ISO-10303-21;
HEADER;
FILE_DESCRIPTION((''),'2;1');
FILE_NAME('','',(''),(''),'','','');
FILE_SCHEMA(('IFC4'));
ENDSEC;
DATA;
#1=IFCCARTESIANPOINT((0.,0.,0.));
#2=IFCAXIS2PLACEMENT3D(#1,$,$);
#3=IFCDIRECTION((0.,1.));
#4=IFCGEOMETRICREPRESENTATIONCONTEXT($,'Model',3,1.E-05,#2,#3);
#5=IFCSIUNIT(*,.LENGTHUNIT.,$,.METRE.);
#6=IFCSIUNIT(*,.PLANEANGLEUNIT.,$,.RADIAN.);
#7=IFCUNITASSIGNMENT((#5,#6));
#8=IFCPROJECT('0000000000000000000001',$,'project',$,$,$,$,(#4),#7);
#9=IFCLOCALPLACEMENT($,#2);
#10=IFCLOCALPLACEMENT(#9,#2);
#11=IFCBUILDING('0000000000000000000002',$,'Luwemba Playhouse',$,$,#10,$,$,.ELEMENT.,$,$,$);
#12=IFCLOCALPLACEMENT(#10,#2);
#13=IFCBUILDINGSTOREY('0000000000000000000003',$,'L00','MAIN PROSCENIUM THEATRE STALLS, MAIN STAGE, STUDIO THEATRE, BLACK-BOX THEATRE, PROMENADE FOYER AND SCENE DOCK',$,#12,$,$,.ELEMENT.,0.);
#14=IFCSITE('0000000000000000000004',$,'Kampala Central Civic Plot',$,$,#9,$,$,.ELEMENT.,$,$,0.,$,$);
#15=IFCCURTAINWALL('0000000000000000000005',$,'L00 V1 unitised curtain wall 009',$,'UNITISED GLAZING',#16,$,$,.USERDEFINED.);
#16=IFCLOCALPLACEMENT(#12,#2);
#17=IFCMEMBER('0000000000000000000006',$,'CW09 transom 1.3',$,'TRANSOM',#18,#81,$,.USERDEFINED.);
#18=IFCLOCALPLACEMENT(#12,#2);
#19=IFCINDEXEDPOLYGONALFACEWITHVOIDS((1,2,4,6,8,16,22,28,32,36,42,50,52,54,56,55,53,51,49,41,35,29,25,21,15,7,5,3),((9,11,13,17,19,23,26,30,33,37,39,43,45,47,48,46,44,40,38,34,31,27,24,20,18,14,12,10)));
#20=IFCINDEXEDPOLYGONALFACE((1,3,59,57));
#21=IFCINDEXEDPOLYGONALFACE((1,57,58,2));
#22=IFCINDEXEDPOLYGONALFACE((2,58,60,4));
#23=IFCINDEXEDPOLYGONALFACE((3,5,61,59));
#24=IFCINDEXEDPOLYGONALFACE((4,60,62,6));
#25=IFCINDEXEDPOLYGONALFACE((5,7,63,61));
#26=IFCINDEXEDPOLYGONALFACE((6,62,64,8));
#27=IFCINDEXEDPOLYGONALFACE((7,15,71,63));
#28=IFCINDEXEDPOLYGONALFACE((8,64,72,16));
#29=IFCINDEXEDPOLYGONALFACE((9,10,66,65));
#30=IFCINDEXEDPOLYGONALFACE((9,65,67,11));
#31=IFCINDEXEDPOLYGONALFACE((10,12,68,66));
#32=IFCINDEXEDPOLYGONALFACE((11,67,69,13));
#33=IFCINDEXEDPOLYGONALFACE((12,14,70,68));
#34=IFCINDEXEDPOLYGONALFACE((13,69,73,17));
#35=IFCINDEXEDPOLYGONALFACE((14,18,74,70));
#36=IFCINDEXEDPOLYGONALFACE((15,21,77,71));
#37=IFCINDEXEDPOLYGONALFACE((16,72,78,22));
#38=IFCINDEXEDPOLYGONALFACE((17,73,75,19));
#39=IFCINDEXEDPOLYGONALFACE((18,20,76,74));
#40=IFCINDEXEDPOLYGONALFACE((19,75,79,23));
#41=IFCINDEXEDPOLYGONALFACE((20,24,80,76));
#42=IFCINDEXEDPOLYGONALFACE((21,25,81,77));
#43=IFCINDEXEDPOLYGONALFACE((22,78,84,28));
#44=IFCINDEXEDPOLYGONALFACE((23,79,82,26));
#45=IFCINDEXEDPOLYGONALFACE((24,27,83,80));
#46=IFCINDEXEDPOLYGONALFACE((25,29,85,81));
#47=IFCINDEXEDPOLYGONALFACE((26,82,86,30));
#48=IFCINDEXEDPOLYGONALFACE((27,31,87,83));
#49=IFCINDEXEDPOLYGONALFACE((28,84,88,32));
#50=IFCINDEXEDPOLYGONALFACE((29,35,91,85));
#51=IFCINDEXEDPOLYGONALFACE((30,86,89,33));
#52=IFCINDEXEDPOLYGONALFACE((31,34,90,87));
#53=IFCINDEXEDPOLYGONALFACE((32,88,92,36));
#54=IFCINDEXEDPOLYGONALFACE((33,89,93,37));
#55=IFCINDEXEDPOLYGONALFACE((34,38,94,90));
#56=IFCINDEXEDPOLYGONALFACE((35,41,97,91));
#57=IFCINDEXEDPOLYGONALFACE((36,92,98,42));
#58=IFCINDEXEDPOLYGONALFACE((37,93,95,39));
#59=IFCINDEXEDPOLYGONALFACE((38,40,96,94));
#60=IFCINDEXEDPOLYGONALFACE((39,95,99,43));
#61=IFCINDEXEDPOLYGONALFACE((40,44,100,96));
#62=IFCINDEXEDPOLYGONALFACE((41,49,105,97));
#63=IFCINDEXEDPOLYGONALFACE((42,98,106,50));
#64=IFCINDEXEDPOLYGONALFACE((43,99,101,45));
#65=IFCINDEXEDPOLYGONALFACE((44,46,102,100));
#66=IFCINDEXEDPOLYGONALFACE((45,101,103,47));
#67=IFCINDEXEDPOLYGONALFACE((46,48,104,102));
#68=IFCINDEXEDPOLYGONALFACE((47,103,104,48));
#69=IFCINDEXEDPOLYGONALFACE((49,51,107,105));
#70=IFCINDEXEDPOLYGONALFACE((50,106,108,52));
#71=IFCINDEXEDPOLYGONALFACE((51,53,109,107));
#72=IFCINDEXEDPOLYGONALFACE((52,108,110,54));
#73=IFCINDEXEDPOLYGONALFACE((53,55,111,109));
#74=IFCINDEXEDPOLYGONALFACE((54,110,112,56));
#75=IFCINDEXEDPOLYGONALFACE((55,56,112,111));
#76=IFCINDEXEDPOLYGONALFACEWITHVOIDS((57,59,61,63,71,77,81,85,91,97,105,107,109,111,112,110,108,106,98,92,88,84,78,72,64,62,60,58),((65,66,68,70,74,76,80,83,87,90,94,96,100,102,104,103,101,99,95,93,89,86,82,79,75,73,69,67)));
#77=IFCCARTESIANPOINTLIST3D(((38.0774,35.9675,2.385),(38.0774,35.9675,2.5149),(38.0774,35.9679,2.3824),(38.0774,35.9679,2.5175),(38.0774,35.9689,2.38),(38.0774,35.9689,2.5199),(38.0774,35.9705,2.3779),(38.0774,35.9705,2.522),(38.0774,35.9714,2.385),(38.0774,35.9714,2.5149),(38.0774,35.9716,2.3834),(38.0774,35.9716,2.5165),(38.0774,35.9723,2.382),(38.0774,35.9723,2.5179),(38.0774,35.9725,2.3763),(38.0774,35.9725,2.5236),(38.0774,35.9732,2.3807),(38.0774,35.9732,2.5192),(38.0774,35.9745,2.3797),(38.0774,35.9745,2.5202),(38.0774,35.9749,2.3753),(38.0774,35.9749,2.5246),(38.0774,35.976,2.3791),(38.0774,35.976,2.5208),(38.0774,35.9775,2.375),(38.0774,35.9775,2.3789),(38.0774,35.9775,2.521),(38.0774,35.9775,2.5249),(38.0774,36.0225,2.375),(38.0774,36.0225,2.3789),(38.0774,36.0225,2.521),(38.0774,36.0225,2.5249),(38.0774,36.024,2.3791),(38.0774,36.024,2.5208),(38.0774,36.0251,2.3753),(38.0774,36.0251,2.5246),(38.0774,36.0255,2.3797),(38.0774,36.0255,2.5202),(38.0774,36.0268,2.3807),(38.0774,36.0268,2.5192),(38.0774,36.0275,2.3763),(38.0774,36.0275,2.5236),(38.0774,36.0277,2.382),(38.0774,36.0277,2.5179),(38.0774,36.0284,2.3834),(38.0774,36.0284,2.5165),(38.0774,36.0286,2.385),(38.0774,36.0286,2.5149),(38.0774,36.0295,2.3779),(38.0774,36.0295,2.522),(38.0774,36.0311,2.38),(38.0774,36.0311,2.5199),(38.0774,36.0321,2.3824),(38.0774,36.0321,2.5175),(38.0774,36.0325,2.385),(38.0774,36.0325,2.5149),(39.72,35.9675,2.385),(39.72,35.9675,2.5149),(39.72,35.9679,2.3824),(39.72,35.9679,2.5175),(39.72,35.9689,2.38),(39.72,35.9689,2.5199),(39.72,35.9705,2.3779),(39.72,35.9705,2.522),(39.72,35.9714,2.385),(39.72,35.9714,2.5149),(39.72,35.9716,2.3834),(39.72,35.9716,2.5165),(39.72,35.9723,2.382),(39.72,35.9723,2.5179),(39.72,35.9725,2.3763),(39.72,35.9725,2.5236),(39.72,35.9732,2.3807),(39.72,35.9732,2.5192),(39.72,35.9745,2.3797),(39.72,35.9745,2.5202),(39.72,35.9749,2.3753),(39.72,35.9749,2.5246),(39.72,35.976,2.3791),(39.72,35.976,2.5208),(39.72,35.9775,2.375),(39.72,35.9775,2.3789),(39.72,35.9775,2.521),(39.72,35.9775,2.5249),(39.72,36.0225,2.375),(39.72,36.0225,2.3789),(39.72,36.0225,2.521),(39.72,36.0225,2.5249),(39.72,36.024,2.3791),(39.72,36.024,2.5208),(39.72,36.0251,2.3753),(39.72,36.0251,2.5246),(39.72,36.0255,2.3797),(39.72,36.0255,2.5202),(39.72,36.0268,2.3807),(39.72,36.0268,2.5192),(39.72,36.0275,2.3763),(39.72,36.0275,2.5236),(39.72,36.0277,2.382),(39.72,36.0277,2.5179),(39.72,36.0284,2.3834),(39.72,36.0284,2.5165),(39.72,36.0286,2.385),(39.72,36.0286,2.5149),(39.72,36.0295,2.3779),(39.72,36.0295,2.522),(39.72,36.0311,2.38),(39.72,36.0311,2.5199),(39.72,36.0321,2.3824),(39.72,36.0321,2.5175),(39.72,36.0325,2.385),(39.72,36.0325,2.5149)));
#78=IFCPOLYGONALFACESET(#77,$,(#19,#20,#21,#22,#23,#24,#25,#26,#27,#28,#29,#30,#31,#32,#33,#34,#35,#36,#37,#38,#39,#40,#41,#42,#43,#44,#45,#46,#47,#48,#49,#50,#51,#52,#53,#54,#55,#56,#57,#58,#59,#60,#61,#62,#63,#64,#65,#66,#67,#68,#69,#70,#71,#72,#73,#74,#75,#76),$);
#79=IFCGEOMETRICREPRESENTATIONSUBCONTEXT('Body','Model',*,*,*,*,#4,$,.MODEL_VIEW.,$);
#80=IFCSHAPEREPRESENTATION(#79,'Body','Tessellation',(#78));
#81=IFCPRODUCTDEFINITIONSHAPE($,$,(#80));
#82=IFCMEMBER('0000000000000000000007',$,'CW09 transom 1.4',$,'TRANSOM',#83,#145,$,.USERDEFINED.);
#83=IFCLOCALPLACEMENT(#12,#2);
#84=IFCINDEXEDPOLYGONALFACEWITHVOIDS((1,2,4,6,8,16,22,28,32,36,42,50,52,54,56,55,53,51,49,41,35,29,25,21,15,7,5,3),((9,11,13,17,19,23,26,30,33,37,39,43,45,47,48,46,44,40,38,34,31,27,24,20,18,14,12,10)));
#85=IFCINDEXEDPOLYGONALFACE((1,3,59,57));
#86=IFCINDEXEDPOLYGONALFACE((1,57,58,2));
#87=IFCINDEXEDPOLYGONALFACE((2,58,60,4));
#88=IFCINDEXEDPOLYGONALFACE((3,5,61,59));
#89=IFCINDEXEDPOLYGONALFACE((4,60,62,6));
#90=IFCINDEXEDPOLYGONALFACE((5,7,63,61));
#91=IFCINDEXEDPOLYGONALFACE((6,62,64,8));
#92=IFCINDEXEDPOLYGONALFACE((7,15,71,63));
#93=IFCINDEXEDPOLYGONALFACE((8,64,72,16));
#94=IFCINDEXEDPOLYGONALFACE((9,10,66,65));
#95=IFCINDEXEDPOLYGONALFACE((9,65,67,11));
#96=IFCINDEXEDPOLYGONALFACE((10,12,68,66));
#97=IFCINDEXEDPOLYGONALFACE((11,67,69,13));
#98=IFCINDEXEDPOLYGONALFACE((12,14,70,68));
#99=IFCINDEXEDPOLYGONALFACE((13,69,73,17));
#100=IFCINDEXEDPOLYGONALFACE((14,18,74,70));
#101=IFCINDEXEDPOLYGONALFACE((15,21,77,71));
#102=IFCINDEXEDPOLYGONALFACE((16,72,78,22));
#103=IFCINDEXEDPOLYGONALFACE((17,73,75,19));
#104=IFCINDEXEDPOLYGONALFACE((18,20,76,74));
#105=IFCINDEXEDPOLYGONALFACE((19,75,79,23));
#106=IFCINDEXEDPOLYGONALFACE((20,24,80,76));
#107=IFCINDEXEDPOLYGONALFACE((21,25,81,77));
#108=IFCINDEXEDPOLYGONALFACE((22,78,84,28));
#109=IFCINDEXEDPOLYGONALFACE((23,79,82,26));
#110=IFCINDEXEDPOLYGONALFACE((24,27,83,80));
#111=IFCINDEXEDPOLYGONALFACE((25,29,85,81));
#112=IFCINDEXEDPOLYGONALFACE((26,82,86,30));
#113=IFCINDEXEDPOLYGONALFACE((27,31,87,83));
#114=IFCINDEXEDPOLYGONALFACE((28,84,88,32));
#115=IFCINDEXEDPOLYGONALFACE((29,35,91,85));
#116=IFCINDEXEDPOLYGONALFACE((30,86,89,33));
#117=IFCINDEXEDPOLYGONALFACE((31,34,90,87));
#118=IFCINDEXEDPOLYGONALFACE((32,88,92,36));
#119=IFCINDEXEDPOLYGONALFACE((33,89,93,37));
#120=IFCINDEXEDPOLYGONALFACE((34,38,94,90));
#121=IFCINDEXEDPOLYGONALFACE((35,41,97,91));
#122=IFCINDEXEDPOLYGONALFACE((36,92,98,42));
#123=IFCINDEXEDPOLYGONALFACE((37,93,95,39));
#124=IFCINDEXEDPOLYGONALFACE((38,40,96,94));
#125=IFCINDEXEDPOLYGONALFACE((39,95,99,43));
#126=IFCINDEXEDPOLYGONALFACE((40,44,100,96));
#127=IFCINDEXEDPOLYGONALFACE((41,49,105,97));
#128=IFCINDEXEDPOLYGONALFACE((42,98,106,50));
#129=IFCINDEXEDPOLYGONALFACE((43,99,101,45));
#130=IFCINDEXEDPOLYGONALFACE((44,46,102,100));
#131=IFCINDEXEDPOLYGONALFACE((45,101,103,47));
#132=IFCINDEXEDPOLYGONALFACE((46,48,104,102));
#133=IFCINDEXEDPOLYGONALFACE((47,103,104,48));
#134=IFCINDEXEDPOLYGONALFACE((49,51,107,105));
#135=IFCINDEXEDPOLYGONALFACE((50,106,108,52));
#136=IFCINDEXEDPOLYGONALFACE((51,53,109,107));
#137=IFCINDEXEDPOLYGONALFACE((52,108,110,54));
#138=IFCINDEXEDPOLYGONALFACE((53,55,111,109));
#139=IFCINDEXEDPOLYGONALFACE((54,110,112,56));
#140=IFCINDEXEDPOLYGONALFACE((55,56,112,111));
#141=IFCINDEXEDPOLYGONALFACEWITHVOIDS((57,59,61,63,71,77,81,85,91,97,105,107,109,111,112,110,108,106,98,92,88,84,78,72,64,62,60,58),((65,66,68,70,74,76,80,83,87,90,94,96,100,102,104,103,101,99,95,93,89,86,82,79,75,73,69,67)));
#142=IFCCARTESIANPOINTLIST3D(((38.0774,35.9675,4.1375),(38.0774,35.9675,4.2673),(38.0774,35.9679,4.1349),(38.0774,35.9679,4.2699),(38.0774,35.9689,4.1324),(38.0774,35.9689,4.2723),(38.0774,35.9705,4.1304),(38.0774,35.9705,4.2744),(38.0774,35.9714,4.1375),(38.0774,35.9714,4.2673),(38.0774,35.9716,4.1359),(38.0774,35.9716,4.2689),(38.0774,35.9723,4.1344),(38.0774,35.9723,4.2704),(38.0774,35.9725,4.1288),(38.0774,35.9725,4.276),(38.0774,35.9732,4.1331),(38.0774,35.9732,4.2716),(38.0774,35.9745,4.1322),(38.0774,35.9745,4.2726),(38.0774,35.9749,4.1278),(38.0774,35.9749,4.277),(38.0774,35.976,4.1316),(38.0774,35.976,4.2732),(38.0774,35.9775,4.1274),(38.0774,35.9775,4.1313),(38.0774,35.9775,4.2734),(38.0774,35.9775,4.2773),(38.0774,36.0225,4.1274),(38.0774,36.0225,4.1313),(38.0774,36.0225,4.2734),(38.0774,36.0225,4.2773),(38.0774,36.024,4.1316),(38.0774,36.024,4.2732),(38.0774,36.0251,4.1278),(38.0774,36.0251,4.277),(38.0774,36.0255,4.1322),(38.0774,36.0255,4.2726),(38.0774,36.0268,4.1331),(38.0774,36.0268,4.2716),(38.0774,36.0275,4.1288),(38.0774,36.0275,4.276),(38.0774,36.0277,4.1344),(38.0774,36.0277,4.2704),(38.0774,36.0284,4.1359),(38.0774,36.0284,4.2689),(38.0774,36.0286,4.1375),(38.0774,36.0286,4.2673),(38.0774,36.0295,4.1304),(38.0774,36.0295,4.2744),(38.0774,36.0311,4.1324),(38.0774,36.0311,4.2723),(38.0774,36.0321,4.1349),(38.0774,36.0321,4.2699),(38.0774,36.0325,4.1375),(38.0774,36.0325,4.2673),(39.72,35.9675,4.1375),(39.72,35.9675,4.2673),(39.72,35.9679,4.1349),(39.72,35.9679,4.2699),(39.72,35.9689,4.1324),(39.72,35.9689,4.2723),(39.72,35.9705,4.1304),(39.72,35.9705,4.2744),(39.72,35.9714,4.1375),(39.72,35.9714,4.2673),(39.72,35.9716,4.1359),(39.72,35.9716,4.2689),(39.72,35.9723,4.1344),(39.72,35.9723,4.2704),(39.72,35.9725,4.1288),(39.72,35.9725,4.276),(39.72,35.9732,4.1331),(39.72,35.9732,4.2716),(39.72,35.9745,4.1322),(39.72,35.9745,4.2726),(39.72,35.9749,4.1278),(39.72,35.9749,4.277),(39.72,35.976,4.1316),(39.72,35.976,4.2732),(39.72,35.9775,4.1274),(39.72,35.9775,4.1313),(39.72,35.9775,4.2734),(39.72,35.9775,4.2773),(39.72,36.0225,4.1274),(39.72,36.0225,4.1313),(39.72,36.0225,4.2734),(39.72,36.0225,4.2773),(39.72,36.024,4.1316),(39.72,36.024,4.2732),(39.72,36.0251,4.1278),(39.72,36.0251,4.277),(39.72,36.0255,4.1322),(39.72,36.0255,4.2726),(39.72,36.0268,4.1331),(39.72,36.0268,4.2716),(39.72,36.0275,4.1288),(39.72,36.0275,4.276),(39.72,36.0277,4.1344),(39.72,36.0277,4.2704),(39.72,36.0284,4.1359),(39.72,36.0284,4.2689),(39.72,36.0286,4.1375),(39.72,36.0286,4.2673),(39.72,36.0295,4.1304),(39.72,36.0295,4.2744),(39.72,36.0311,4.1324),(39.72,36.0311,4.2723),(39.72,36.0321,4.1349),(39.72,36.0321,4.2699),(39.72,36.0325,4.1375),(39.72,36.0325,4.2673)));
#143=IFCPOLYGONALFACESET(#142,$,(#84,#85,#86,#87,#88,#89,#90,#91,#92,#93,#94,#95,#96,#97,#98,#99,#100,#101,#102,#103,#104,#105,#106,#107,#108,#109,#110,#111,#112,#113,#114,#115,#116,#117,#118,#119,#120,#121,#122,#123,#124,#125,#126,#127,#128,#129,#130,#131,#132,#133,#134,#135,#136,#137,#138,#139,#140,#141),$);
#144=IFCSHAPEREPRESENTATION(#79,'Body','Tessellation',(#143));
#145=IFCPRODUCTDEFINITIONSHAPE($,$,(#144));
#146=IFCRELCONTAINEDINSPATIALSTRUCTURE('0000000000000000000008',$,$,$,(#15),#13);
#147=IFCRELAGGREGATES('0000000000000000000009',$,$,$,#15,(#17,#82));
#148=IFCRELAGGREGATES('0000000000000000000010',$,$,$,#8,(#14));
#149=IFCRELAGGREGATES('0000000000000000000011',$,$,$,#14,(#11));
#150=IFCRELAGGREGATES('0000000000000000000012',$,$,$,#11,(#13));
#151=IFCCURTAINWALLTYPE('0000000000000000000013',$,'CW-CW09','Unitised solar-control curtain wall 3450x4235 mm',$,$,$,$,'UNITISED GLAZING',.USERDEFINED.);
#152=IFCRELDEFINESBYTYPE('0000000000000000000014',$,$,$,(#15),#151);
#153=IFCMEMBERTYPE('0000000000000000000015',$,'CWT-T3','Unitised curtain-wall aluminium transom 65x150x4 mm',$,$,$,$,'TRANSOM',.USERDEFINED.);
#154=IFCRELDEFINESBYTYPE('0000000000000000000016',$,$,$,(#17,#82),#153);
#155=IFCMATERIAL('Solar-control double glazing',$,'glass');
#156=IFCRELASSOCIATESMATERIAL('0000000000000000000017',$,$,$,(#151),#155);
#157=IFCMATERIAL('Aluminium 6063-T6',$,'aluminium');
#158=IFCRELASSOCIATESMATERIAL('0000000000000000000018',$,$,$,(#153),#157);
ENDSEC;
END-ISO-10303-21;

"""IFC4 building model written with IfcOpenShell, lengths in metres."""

from ifc_helpers import new_model, si_unit, direction, frame, origin, origin_2d, place, context, subcontext, project, spatial, hollow_rectangle, extrude, material, material_profile, profile_set, type_object, element, aggregate, save


model = new_model("IFC4")

# Units and contexts
model_context = context("Model", 3, precision=1e-05, world=origin(), true_north=direction((0.0, 1.0)))
body_context = subcontext(model_context, "Body", "Model", "MODEL_VIEW")
ifc_project = project(units=[si_unit("LENGTHUNIT", "METRE"), si_unit("PLANEANGLEUNIT", "RADIAN")], contexts=[model_context])

# Site, building, storey
site_placement = place(None, origin())
site = spatial("IfcSite", under=ifc_project, at=site_placement, Name="Kampala Central Civic Plot", CompositionType="ELEMENT", RefElevation=0.0)
building_placement = place(site_placement, origin())
building = spatial("IfcBuilding", under=site, at=building_placement, Name="Luwemba Playhouse", CompositionType="ELEMENT")
storey_placement = place(building_placement, origin())
storey = spatial("IfcBuildingStorey", under=building, at=storey_placement, Name="L00", Description="MAIN PROSCENIUM THEATRE STALLS, MAIN STAGE, STUDIO THEATRE, BLACK-BOX THEATRE, PROMENADE FOYER AND SCENE DOCK", CompositionType="ELEMENT", Elevation=0.0)

# Curtain wall, members
ifc_material_1 = material(Name="Solar-control double glazing", Category="glass")
curtain_wall_type = type_object("IfcCurtainWallType", Name="CW-CW09", Description="Unitised solar-control curtain wall 3450x4235 mm", ElementType="UNITISED GLAZING", PredefinedType="USERDEFINED", material=ifc_material_1)
curtain_wall_placement = place(storey_placement, origin())
curtain_wall = element("IfcCurtainWall", 1, at=curtain_wall_placement, inside=storey, type_object=curtain_wall_type, Name="L00 V1 unitised curtain wall 009", ObjectType="UNITISED GLAZING", PredefinedType="USERDEFINED")
ifc_material_2 = material(Name="Aluminium 6063-T6", Category="aluminium")
ifc_material_profile_1 = material_profile(ifc_material_2, hollow_rectangle(XDim=0.0649, YDim=0.1499, WallThickness=0.0039, InnerFilletRadius=0.0061, OuterFilletRadius=0.01, at=origin_2d()))
ifc_profile_set_1 = profile_set([ifc_material_profile_1], Name="Aluminium 6063-T6")
member_type_1 = type_object("IfcMemberType", Name="CWT-T3", Description="Unitised curtain-wall aluminium transom 65x150x4 mm", ElementType="TRANSOM", PredefinedType="USERDEFINED", material=ifc_profile_set_1)
member_1_placement = place(storey_placement, frame((39.72, 36.0, 2.45), z_axis=(-1.0, 0.0, 0.0), x_axis=(0.0, -1.0, 0.0)))
member_1 = element("IfcMember", 2, at=member_1_placement, type_object=member_type_1, Name="CW09 transom 1.3", ObjectType="TRANSOM", PredefinedType="USERDEFINED", context=body_context, shape_type="SweptSolid", body=[
    extrude(hollow_rectangle(XDim=0.0649, YDim=0.1499, WallThickness=0.0039, InnerFilletRadius=0.0061, OuterFilletRadius=0.01, at=origin_2d()), origin(), (0.0, 0.0, 1.0), 1.6426),
])
member_2_placement = place(storey_placement, frame((39.72, 36.0, 4.2024), z_axis=(-1.0, 0.0, 0.0), x_axis=(0.0, -1.0, 0.0)))
member_2 = element("IfcMember", 3, at=member_2_placement, type_object=member_type_1, Name="CW09 transom 1.4", ObjectType="TRANSOM", PredefinedType="USERDEFINED", context=body_context, shape_type="SweptSolid", body=[
    extrude(hollow_rectangle(XDim=0.0649, YDim=0.1499, WallThickness=0.0039, InnerFilletRadius=0.0061, OuterFilletRadius=0.01, at=origin_2d()), origin(), (0.0, 0.0, 1.0), 1.6426),
])
aggregate(curtain_wall, [member_1, member_2])

save(model, "model.ifc")
